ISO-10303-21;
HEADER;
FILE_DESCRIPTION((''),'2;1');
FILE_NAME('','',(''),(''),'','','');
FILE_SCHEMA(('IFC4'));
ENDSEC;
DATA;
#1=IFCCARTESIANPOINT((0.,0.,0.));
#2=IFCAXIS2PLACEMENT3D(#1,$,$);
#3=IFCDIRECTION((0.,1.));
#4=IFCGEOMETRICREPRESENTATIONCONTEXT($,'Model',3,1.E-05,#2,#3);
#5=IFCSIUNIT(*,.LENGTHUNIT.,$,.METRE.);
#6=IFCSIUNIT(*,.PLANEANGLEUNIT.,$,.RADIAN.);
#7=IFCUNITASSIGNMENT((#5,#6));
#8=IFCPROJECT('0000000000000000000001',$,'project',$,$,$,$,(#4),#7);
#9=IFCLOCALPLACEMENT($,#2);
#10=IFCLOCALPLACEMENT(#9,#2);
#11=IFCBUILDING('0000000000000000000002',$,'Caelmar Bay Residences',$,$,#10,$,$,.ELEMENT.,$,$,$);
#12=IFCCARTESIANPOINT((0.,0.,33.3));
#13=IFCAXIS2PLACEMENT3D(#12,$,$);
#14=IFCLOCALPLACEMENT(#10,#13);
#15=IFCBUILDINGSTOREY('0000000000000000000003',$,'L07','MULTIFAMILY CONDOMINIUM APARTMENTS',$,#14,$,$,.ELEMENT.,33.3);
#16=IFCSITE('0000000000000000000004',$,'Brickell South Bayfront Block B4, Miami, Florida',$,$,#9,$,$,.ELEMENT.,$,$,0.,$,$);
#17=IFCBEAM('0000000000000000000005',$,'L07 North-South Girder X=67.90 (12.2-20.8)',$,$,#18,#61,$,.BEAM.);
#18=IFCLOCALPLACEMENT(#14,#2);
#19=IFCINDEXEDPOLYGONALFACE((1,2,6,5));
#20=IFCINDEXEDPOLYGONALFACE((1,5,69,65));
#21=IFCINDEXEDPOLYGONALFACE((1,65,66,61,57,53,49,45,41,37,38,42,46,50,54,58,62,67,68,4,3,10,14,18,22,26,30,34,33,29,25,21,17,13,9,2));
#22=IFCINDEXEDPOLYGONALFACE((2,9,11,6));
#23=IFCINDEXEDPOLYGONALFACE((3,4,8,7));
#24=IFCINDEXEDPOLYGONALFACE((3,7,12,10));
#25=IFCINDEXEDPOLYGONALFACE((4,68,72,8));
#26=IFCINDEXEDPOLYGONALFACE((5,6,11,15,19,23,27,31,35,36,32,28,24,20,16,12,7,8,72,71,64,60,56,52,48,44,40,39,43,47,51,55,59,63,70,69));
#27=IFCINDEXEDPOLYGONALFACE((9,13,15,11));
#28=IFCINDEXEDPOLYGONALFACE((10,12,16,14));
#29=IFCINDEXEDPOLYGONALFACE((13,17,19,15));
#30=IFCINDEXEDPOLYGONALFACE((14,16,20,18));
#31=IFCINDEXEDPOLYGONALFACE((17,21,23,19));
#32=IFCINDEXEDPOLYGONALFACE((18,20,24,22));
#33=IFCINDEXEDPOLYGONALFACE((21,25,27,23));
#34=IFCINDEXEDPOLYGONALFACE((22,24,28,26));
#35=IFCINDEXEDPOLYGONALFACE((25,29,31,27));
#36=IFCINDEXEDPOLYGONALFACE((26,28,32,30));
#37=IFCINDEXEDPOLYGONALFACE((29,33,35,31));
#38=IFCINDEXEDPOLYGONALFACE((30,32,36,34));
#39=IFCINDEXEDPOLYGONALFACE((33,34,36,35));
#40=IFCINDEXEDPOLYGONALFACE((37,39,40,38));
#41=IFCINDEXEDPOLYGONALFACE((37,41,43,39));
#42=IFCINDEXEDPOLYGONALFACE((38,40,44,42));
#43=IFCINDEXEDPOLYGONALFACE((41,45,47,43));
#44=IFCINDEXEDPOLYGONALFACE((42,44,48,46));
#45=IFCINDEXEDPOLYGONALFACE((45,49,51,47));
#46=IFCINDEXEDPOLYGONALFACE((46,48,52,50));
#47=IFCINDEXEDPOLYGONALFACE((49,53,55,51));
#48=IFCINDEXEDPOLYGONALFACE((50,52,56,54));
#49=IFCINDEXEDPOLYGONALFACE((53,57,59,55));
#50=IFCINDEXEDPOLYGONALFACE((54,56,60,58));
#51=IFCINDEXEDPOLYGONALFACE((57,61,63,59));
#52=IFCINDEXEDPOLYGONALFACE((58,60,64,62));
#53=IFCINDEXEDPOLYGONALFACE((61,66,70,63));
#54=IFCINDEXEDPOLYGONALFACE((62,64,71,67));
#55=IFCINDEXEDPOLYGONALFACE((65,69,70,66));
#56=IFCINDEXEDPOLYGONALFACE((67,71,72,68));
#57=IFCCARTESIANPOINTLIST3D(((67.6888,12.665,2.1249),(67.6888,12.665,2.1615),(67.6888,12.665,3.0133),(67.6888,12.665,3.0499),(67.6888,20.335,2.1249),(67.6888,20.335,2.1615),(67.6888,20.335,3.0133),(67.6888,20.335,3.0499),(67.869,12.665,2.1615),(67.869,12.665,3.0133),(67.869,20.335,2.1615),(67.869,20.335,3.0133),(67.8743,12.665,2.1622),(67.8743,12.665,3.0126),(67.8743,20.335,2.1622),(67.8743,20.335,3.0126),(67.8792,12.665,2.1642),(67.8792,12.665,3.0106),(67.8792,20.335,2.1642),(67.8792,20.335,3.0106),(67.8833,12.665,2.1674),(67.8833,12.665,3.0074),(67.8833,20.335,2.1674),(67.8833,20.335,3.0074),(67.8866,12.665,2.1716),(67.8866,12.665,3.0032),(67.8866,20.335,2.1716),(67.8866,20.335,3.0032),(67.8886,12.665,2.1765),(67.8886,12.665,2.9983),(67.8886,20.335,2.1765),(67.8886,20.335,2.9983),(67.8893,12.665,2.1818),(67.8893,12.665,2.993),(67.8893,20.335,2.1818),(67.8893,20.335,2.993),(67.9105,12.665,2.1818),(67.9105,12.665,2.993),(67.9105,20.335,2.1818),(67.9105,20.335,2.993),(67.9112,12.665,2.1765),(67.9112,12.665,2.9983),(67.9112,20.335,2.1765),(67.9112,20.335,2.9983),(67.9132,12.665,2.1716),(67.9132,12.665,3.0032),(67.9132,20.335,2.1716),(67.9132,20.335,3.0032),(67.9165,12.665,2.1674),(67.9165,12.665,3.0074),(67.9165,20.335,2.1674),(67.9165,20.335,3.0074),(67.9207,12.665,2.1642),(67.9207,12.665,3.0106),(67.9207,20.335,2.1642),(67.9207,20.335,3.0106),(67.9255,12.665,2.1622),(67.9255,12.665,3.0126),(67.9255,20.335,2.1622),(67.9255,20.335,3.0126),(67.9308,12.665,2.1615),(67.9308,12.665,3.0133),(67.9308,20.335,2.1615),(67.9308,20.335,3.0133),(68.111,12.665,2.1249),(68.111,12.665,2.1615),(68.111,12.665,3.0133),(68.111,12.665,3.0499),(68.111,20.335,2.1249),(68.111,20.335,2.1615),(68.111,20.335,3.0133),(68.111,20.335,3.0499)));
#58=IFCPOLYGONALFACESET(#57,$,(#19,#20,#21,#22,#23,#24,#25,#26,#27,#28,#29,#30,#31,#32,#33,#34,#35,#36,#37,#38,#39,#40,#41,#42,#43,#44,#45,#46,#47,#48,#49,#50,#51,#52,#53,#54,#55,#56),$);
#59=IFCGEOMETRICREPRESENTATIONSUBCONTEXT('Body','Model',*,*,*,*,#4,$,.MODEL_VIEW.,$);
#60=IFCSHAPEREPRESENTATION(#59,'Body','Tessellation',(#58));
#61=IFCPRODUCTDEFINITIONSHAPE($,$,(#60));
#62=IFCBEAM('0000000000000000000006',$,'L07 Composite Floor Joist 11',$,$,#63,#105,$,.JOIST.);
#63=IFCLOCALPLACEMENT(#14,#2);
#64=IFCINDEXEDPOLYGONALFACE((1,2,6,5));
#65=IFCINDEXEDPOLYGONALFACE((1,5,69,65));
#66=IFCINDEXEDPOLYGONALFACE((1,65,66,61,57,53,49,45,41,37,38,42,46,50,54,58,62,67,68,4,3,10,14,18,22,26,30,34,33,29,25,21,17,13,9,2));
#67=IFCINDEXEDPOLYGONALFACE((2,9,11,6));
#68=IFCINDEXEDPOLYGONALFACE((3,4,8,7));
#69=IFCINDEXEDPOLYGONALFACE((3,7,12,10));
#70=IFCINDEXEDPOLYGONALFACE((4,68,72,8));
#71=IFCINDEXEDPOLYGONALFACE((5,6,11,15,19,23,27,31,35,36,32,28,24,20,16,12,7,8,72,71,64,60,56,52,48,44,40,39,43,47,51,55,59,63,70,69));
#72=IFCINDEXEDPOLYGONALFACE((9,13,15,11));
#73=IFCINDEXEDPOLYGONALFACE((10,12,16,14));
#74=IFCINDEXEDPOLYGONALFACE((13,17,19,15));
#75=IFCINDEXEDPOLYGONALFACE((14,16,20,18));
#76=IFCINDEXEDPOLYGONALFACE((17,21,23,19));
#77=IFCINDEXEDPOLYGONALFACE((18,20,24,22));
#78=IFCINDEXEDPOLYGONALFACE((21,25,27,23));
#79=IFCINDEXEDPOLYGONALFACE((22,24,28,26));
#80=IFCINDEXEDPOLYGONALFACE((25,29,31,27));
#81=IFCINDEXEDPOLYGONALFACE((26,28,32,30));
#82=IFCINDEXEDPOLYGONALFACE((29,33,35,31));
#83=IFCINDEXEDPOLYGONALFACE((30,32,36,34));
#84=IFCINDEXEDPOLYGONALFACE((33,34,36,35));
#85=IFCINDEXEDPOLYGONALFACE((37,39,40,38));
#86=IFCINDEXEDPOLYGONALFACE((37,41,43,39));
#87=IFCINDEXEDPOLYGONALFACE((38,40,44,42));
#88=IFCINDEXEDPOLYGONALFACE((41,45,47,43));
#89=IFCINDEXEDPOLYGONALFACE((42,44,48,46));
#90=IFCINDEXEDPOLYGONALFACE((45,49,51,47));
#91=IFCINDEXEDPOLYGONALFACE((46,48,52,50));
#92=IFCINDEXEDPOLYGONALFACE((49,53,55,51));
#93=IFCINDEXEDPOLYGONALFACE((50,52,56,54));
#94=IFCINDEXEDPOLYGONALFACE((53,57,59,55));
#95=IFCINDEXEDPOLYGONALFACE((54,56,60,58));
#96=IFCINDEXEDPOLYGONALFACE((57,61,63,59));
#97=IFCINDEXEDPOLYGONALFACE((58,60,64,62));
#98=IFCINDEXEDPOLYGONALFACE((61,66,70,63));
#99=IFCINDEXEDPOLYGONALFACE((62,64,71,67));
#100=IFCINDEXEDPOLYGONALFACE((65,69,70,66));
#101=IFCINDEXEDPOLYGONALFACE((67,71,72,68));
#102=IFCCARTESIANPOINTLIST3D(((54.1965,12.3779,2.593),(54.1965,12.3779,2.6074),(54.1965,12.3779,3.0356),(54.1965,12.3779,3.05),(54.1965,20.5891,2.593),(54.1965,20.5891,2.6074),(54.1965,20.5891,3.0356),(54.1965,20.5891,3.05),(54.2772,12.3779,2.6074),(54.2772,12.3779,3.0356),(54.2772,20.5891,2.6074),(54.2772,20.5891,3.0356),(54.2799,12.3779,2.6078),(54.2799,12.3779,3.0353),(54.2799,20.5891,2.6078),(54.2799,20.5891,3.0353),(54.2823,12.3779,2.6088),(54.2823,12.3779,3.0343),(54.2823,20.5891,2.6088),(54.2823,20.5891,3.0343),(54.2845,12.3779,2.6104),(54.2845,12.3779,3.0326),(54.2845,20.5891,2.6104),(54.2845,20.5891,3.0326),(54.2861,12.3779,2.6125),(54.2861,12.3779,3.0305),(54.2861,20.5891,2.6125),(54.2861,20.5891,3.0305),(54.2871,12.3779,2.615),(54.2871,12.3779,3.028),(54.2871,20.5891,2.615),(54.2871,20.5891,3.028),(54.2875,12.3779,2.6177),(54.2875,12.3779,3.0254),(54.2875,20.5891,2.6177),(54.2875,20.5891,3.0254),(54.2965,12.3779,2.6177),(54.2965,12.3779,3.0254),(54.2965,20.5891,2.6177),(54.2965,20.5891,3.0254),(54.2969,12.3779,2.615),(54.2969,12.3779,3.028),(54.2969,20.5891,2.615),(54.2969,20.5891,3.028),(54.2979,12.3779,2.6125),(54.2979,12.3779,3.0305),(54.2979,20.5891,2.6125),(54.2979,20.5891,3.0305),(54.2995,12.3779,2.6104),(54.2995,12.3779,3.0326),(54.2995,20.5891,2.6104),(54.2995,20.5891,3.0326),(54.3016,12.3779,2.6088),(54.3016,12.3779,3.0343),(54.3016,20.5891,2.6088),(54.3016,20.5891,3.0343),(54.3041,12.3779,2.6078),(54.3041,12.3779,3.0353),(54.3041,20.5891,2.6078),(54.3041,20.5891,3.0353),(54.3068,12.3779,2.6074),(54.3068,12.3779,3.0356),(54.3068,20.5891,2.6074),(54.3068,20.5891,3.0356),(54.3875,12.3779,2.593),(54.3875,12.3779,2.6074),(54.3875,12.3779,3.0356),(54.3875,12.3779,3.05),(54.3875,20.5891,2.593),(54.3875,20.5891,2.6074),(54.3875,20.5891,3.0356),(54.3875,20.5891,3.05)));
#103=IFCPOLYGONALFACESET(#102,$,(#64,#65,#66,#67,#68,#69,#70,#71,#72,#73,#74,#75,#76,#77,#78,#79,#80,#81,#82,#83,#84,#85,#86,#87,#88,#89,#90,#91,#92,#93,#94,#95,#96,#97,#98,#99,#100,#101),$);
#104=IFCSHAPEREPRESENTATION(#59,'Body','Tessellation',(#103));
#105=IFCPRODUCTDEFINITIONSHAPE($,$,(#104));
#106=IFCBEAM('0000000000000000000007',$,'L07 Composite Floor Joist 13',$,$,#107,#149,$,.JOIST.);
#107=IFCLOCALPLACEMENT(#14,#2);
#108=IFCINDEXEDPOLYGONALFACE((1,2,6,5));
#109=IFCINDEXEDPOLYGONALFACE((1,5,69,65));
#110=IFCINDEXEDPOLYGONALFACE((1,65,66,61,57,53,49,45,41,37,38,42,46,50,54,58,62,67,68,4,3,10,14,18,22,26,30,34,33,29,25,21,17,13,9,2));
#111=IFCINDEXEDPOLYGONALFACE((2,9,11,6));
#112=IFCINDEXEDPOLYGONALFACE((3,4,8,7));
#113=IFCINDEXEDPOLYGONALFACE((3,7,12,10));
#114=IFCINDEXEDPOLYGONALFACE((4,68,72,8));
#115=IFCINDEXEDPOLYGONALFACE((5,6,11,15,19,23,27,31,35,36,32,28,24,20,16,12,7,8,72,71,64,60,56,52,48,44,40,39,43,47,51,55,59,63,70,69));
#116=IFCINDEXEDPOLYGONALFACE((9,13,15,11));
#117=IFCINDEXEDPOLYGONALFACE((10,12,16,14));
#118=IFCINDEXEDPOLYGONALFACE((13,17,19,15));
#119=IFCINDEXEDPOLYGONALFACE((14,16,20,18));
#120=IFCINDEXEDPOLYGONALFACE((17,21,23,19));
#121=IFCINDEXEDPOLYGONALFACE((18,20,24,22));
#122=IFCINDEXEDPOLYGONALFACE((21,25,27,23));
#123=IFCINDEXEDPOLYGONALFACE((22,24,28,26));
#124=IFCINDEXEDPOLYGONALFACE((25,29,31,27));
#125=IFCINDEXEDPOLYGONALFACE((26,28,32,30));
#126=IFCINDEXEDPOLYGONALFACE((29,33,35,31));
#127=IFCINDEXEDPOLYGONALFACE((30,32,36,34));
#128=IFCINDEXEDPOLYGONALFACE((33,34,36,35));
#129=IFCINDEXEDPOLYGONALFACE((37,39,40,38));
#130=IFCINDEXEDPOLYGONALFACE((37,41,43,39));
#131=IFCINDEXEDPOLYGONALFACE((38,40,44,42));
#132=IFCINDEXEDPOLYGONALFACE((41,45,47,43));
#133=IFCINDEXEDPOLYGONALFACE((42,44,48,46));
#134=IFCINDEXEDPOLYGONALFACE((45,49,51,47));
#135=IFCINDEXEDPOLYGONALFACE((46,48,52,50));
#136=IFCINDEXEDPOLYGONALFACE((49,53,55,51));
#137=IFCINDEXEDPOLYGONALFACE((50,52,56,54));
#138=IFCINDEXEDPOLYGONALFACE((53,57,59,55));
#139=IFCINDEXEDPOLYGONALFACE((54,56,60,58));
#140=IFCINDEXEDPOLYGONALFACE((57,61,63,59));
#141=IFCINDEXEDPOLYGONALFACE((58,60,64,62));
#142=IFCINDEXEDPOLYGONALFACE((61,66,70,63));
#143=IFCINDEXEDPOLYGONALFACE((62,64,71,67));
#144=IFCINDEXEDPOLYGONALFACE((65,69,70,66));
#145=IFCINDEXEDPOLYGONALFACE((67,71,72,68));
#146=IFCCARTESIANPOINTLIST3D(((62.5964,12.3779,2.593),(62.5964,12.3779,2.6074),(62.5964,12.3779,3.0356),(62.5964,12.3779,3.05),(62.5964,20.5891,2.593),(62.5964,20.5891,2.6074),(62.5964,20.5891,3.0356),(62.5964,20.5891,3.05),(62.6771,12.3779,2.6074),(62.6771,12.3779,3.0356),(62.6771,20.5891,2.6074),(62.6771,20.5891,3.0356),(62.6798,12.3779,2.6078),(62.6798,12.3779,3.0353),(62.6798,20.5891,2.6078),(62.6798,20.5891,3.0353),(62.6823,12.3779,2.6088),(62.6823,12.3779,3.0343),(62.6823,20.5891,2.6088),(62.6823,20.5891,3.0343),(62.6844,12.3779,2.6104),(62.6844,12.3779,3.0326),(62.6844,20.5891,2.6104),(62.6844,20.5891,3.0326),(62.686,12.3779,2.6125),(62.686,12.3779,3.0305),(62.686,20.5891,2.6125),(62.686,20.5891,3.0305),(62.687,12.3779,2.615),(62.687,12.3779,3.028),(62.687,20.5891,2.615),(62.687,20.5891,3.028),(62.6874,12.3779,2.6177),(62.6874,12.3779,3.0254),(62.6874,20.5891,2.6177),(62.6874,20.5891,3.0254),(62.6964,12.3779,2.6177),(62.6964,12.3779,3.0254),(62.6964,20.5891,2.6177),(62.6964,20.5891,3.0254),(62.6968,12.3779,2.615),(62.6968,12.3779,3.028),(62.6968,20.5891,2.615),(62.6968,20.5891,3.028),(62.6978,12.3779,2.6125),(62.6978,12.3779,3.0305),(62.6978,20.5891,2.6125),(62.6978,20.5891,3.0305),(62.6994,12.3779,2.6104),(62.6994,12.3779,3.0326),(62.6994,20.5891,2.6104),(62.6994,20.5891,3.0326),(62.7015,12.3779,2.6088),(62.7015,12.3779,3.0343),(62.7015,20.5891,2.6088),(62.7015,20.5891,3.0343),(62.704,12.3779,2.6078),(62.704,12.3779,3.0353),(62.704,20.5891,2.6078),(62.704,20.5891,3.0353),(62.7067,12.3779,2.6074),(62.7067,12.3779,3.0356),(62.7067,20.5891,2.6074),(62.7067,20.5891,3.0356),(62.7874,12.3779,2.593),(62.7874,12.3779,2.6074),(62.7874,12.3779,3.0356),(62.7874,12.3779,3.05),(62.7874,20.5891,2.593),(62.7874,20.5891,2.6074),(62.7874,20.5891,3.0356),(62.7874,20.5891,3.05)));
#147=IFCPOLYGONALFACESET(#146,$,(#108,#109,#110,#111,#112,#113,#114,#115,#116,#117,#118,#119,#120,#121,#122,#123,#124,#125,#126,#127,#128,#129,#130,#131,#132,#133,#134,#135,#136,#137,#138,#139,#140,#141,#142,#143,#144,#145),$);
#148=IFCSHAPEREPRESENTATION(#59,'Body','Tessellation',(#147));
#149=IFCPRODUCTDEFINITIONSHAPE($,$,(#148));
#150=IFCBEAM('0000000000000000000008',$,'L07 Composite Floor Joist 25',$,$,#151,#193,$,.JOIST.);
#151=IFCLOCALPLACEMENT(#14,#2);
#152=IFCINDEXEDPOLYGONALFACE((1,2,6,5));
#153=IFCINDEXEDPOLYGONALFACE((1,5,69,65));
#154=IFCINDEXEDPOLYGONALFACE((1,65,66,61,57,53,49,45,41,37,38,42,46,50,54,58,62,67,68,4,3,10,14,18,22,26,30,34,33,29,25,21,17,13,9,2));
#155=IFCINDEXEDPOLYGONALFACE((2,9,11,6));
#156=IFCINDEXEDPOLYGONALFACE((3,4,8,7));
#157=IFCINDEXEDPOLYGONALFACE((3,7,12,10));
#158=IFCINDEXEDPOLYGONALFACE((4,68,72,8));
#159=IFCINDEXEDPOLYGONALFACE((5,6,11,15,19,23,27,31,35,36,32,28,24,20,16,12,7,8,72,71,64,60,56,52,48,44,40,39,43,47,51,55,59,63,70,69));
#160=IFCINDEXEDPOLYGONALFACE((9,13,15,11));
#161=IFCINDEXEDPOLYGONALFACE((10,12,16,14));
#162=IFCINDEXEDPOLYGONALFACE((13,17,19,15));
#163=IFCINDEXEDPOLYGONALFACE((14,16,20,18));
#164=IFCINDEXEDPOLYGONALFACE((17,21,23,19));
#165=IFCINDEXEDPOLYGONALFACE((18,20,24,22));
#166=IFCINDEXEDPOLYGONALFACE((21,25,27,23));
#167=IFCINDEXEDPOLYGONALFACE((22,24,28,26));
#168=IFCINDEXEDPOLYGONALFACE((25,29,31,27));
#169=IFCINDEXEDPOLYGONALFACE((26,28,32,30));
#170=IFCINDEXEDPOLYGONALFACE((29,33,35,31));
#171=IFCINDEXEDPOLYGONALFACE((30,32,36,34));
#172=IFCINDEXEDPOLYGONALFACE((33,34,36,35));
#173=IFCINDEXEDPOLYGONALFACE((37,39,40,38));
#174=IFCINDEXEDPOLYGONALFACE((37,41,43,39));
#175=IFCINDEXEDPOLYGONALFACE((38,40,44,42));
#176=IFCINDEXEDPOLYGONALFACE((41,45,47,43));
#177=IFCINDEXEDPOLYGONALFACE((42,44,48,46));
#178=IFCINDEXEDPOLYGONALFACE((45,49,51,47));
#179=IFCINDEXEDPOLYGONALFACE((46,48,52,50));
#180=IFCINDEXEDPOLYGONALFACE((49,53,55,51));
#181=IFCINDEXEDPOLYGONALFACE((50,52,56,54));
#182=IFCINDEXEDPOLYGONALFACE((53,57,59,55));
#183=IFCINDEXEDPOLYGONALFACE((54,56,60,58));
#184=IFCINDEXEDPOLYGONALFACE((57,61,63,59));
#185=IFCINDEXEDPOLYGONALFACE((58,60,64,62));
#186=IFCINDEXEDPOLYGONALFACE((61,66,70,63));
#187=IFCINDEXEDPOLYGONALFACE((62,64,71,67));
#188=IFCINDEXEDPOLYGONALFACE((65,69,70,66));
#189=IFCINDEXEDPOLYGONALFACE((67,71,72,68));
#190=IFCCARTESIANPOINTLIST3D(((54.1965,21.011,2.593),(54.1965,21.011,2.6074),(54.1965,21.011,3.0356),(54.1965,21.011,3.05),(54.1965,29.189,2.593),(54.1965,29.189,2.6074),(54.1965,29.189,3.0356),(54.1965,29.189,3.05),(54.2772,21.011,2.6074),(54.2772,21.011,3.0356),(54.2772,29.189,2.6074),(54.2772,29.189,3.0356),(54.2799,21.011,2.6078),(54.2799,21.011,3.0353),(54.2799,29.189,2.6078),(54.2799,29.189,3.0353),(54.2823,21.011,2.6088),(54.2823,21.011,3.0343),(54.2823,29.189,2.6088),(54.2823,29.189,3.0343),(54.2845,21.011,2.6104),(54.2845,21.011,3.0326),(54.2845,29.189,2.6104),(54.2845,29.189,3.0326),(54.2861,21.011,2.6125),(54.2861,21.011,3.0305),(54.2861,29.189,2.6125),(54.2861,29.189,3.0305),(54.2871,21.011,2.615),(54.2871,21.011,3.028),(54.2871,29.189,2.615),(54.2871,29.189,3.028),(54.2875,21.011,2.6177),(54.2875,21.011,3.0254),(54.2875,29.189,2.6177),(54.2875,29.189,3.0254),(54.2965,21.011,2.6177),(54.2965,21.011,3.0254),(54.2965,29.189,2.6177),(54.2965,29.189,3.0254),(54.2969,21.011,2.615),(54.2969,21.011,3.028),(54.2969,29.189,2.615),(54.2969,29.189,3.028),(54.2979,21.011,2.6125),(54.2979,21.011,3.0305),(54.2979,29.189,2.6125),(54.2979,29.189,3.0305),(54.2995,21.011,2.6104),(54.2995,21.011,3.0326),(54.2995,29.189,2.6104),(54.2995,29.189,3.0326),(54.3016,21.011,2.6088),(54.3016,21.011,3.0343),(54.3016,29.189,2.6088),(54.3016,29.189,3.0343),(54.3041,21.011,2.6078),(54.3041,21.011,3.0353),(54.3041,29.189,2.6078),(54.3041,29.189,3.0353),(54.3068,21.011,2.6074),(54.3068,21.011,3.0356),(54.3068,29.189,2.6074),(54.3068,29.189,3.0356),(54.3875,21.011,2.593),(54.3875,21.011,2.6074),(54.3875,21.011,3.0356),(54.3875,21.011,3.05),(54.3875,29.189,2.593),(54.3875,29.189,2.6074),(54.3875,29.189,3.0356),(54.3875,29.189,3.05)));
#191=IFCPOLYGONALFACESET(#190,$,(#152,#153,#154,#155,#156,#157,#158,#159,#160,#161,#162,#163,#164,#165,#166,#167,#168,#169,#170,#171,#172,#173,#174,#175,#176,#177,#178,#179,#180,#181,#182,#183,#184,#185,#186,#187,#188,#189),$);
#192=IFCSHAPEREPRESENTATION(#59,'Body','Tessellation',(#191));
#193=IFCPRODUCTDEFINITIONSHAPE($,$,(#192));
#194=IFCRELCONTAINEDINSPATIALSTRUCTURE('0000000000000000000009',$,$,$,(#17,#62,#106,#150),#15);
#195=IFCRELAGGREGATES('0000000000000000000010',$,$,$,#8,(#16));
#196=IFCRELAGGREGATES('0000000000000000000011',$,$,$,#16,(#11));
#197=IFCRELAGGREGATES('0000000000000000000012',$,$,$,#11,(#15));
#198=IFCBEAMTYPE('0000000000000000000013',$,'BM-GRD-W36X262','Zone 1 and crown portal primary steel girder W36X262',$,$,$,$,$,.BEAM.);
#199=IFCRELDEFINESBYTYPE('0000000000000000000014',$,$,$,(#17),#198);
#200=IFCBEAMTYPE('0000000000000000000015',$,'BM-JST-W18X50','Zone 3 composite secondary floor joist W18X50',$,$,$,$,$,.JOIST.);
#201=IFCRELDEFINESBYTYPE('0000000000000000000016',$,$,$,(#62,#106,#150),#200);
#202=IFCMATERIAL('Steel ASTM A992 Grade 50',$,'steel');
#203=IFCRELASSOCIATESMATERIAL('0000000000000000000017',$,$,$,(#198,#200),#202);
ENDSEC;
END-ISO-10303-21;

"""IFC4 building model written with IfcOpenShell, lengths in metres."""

from ifc_helpers import new_model, si_unit, direction, frame, origin, origin_2d, place, context, subcontext, project, spatial, i_section, extrude, material, material_profile, profile_set, type_object, element, save


model = new_model("IFC4")

# Units and contexts
model_context = context("Model", 3, precision=1e-05, world=origin(), true_north=direction((0.0, 1.0)))
body_context = subcontext(model_context, "Body", "Model", "MODEL_VIEW")
ifc_project = project(units=[si_unit("LENGTHUNIT", "METRE"), si_unit("PLANEANGLEUNIT", "RADIAN")], contexts=[model_context])

# Site, building, storey
site_placement = place(None, origin())
site = spatial("IfcSite", under=ifc_project, at=site_placement, Name="Brickell South Bayfront Block B4, Miami, Florida", CompositionType="ELEMENT", RefElevation=0.0)
building_placement = place(site_placement, origin())
building = spatial("IfcBuilding", under=site, at=building_placement, Name="Caelmar Bay Residences", CompositionType="ELEMENT")
storey_placement = place(building_placement, frame((0.0, 0.0, 33.3)))
storey = spatial("IfcBuildingStorey", under=building, at=storey_placement, Name="L07", Description="MULTIFAMILY CONDOMINIUM APARTMENTS", CompositionType="ELEMENT", Elevation=33.3)

# Beams
ifc_material_1 = material(Name="Steel ASTM A992 Grade 50", Category="steel")
ifc_material_profile_1 = material_profile(ifc_material_1, i_section(OverallWidth=0.4221, OverallDepth=0.925, WebThickness=0.0212, FlangeThickness=0.0366, FilletRadius=0.0203, at=origin_2d()), Name="W36X262")
ifc_profile_set_1 = profile_set([ifc_material_profile_1], Name="Steel ASTM A992 Grade 50")
beam_type_1 = type_object("IfcBeamType", Name="BM-GRD-W36X262", Description="Zone 1 and crown portal primary steel girder W36X262", PredefinedType="BEAM", material=ifc_profile_set_1)
beam_1_placement = place(storey_placement, frame((67.8999, 12.665, 2.5874), z_axis=(0.0, 1.0, 0.0), x_axis=(-1.0, 0.0, 0.0)))
element("IfcBeam", 1, at=beam_1_placement, inside=storey, type_object=beam_type_1, Name="L07 North-South Girder X=67.90 (12.2-20.8)", PredefinedType="BEAM", context=body_context, shape_type="SweptSolid", body=[
    extrude(i_section(OverallWidth=0.4221, OverallDepth=0.925, WebThickness=0.0212, FlangeThickness=0.0366, FilletRadius=0.0203, at=origin_2d()), origin(), (0.0, 0.0, 1.0), 7.6699),
])
ifc_material_profile_2 = material_profile(ifc_material_1, i_section(OverallWidth=0.1909, OverallDepth=0.457, WebThickness=0.009, FlangeThickness=0.0144, FilletRadius=0.0103, at=origin_2d()), Name="W18X50")
ifc_profile_set_2 = profile_set([ifc_material_profile_2], Name="Steel ASTM A992 Grade 50")
beam_type_2 = type_object("IfcBeamType", Name="BM-JST-W18X50", Description="Zone 3 composite secondary floor joist W18X50", PredefinedType="JOIST", material=ifc_profile_set_2)
for number, where, z_axis, x_axis, name in (
    (2, (54.292, 12.3779, 2.8215), (0.0, 1.0, 0.0), (-1.0, 0.0, 0.0), "L07 Composite Floor Joist 11"),
    (3, (62.6919, 12.3779, 2.8215), (0.0, 1.0, 0.0), (-1.0, 0.0, 0.0), "L07 Composite Floor Joist 13"),
):
    element("IfcBeam", number, at=place(storey_placement, frame(where, z_axis=z_axis, x_axis=x_axis)), inside=storey, type_object=beam_type_2, Name=name, PredefinedType="JOIST", context=body_context, shape_type="SweptSolid", body=[
        extrude(i_section(OverallWidth=0.1909, OverallDepth=0.457, WebThickness=0.009, FlangeThickness=0.0144, FilletRadius=0.0103, at=origin_2d()), origin(), (0.0, 0.0, 1.0), 8.2112),
    ])
for number, where, z_axis, x_axis, name in (
    (4, (54.292, 21.011, 2.8215), (0.0, 1.0, 0.0), (-1.0, 0.0, 0.0), "L07 Composite Floor Joist 25"),
):
    element("IfcBeam", number, at=place(storey_placement, frame(where, z_axis=z_axis, x_axis=x_axis)), inside=storey, type_object=beam_type_2, Name=name, PredefinedType="JOIST", context=body_context, shape_type="SweptSolid", body=[
        extrude(i_section(OverallWidth=0.1909, OverallDepth=0.457, WebThickness=0.009, FlangeThickness=0.0144, FilletRadius=0.0103, at=origin_2d()), origin(), (0.0, 0.0, 1.0), 8.178),
    ])

save(model, "model.ifc")
